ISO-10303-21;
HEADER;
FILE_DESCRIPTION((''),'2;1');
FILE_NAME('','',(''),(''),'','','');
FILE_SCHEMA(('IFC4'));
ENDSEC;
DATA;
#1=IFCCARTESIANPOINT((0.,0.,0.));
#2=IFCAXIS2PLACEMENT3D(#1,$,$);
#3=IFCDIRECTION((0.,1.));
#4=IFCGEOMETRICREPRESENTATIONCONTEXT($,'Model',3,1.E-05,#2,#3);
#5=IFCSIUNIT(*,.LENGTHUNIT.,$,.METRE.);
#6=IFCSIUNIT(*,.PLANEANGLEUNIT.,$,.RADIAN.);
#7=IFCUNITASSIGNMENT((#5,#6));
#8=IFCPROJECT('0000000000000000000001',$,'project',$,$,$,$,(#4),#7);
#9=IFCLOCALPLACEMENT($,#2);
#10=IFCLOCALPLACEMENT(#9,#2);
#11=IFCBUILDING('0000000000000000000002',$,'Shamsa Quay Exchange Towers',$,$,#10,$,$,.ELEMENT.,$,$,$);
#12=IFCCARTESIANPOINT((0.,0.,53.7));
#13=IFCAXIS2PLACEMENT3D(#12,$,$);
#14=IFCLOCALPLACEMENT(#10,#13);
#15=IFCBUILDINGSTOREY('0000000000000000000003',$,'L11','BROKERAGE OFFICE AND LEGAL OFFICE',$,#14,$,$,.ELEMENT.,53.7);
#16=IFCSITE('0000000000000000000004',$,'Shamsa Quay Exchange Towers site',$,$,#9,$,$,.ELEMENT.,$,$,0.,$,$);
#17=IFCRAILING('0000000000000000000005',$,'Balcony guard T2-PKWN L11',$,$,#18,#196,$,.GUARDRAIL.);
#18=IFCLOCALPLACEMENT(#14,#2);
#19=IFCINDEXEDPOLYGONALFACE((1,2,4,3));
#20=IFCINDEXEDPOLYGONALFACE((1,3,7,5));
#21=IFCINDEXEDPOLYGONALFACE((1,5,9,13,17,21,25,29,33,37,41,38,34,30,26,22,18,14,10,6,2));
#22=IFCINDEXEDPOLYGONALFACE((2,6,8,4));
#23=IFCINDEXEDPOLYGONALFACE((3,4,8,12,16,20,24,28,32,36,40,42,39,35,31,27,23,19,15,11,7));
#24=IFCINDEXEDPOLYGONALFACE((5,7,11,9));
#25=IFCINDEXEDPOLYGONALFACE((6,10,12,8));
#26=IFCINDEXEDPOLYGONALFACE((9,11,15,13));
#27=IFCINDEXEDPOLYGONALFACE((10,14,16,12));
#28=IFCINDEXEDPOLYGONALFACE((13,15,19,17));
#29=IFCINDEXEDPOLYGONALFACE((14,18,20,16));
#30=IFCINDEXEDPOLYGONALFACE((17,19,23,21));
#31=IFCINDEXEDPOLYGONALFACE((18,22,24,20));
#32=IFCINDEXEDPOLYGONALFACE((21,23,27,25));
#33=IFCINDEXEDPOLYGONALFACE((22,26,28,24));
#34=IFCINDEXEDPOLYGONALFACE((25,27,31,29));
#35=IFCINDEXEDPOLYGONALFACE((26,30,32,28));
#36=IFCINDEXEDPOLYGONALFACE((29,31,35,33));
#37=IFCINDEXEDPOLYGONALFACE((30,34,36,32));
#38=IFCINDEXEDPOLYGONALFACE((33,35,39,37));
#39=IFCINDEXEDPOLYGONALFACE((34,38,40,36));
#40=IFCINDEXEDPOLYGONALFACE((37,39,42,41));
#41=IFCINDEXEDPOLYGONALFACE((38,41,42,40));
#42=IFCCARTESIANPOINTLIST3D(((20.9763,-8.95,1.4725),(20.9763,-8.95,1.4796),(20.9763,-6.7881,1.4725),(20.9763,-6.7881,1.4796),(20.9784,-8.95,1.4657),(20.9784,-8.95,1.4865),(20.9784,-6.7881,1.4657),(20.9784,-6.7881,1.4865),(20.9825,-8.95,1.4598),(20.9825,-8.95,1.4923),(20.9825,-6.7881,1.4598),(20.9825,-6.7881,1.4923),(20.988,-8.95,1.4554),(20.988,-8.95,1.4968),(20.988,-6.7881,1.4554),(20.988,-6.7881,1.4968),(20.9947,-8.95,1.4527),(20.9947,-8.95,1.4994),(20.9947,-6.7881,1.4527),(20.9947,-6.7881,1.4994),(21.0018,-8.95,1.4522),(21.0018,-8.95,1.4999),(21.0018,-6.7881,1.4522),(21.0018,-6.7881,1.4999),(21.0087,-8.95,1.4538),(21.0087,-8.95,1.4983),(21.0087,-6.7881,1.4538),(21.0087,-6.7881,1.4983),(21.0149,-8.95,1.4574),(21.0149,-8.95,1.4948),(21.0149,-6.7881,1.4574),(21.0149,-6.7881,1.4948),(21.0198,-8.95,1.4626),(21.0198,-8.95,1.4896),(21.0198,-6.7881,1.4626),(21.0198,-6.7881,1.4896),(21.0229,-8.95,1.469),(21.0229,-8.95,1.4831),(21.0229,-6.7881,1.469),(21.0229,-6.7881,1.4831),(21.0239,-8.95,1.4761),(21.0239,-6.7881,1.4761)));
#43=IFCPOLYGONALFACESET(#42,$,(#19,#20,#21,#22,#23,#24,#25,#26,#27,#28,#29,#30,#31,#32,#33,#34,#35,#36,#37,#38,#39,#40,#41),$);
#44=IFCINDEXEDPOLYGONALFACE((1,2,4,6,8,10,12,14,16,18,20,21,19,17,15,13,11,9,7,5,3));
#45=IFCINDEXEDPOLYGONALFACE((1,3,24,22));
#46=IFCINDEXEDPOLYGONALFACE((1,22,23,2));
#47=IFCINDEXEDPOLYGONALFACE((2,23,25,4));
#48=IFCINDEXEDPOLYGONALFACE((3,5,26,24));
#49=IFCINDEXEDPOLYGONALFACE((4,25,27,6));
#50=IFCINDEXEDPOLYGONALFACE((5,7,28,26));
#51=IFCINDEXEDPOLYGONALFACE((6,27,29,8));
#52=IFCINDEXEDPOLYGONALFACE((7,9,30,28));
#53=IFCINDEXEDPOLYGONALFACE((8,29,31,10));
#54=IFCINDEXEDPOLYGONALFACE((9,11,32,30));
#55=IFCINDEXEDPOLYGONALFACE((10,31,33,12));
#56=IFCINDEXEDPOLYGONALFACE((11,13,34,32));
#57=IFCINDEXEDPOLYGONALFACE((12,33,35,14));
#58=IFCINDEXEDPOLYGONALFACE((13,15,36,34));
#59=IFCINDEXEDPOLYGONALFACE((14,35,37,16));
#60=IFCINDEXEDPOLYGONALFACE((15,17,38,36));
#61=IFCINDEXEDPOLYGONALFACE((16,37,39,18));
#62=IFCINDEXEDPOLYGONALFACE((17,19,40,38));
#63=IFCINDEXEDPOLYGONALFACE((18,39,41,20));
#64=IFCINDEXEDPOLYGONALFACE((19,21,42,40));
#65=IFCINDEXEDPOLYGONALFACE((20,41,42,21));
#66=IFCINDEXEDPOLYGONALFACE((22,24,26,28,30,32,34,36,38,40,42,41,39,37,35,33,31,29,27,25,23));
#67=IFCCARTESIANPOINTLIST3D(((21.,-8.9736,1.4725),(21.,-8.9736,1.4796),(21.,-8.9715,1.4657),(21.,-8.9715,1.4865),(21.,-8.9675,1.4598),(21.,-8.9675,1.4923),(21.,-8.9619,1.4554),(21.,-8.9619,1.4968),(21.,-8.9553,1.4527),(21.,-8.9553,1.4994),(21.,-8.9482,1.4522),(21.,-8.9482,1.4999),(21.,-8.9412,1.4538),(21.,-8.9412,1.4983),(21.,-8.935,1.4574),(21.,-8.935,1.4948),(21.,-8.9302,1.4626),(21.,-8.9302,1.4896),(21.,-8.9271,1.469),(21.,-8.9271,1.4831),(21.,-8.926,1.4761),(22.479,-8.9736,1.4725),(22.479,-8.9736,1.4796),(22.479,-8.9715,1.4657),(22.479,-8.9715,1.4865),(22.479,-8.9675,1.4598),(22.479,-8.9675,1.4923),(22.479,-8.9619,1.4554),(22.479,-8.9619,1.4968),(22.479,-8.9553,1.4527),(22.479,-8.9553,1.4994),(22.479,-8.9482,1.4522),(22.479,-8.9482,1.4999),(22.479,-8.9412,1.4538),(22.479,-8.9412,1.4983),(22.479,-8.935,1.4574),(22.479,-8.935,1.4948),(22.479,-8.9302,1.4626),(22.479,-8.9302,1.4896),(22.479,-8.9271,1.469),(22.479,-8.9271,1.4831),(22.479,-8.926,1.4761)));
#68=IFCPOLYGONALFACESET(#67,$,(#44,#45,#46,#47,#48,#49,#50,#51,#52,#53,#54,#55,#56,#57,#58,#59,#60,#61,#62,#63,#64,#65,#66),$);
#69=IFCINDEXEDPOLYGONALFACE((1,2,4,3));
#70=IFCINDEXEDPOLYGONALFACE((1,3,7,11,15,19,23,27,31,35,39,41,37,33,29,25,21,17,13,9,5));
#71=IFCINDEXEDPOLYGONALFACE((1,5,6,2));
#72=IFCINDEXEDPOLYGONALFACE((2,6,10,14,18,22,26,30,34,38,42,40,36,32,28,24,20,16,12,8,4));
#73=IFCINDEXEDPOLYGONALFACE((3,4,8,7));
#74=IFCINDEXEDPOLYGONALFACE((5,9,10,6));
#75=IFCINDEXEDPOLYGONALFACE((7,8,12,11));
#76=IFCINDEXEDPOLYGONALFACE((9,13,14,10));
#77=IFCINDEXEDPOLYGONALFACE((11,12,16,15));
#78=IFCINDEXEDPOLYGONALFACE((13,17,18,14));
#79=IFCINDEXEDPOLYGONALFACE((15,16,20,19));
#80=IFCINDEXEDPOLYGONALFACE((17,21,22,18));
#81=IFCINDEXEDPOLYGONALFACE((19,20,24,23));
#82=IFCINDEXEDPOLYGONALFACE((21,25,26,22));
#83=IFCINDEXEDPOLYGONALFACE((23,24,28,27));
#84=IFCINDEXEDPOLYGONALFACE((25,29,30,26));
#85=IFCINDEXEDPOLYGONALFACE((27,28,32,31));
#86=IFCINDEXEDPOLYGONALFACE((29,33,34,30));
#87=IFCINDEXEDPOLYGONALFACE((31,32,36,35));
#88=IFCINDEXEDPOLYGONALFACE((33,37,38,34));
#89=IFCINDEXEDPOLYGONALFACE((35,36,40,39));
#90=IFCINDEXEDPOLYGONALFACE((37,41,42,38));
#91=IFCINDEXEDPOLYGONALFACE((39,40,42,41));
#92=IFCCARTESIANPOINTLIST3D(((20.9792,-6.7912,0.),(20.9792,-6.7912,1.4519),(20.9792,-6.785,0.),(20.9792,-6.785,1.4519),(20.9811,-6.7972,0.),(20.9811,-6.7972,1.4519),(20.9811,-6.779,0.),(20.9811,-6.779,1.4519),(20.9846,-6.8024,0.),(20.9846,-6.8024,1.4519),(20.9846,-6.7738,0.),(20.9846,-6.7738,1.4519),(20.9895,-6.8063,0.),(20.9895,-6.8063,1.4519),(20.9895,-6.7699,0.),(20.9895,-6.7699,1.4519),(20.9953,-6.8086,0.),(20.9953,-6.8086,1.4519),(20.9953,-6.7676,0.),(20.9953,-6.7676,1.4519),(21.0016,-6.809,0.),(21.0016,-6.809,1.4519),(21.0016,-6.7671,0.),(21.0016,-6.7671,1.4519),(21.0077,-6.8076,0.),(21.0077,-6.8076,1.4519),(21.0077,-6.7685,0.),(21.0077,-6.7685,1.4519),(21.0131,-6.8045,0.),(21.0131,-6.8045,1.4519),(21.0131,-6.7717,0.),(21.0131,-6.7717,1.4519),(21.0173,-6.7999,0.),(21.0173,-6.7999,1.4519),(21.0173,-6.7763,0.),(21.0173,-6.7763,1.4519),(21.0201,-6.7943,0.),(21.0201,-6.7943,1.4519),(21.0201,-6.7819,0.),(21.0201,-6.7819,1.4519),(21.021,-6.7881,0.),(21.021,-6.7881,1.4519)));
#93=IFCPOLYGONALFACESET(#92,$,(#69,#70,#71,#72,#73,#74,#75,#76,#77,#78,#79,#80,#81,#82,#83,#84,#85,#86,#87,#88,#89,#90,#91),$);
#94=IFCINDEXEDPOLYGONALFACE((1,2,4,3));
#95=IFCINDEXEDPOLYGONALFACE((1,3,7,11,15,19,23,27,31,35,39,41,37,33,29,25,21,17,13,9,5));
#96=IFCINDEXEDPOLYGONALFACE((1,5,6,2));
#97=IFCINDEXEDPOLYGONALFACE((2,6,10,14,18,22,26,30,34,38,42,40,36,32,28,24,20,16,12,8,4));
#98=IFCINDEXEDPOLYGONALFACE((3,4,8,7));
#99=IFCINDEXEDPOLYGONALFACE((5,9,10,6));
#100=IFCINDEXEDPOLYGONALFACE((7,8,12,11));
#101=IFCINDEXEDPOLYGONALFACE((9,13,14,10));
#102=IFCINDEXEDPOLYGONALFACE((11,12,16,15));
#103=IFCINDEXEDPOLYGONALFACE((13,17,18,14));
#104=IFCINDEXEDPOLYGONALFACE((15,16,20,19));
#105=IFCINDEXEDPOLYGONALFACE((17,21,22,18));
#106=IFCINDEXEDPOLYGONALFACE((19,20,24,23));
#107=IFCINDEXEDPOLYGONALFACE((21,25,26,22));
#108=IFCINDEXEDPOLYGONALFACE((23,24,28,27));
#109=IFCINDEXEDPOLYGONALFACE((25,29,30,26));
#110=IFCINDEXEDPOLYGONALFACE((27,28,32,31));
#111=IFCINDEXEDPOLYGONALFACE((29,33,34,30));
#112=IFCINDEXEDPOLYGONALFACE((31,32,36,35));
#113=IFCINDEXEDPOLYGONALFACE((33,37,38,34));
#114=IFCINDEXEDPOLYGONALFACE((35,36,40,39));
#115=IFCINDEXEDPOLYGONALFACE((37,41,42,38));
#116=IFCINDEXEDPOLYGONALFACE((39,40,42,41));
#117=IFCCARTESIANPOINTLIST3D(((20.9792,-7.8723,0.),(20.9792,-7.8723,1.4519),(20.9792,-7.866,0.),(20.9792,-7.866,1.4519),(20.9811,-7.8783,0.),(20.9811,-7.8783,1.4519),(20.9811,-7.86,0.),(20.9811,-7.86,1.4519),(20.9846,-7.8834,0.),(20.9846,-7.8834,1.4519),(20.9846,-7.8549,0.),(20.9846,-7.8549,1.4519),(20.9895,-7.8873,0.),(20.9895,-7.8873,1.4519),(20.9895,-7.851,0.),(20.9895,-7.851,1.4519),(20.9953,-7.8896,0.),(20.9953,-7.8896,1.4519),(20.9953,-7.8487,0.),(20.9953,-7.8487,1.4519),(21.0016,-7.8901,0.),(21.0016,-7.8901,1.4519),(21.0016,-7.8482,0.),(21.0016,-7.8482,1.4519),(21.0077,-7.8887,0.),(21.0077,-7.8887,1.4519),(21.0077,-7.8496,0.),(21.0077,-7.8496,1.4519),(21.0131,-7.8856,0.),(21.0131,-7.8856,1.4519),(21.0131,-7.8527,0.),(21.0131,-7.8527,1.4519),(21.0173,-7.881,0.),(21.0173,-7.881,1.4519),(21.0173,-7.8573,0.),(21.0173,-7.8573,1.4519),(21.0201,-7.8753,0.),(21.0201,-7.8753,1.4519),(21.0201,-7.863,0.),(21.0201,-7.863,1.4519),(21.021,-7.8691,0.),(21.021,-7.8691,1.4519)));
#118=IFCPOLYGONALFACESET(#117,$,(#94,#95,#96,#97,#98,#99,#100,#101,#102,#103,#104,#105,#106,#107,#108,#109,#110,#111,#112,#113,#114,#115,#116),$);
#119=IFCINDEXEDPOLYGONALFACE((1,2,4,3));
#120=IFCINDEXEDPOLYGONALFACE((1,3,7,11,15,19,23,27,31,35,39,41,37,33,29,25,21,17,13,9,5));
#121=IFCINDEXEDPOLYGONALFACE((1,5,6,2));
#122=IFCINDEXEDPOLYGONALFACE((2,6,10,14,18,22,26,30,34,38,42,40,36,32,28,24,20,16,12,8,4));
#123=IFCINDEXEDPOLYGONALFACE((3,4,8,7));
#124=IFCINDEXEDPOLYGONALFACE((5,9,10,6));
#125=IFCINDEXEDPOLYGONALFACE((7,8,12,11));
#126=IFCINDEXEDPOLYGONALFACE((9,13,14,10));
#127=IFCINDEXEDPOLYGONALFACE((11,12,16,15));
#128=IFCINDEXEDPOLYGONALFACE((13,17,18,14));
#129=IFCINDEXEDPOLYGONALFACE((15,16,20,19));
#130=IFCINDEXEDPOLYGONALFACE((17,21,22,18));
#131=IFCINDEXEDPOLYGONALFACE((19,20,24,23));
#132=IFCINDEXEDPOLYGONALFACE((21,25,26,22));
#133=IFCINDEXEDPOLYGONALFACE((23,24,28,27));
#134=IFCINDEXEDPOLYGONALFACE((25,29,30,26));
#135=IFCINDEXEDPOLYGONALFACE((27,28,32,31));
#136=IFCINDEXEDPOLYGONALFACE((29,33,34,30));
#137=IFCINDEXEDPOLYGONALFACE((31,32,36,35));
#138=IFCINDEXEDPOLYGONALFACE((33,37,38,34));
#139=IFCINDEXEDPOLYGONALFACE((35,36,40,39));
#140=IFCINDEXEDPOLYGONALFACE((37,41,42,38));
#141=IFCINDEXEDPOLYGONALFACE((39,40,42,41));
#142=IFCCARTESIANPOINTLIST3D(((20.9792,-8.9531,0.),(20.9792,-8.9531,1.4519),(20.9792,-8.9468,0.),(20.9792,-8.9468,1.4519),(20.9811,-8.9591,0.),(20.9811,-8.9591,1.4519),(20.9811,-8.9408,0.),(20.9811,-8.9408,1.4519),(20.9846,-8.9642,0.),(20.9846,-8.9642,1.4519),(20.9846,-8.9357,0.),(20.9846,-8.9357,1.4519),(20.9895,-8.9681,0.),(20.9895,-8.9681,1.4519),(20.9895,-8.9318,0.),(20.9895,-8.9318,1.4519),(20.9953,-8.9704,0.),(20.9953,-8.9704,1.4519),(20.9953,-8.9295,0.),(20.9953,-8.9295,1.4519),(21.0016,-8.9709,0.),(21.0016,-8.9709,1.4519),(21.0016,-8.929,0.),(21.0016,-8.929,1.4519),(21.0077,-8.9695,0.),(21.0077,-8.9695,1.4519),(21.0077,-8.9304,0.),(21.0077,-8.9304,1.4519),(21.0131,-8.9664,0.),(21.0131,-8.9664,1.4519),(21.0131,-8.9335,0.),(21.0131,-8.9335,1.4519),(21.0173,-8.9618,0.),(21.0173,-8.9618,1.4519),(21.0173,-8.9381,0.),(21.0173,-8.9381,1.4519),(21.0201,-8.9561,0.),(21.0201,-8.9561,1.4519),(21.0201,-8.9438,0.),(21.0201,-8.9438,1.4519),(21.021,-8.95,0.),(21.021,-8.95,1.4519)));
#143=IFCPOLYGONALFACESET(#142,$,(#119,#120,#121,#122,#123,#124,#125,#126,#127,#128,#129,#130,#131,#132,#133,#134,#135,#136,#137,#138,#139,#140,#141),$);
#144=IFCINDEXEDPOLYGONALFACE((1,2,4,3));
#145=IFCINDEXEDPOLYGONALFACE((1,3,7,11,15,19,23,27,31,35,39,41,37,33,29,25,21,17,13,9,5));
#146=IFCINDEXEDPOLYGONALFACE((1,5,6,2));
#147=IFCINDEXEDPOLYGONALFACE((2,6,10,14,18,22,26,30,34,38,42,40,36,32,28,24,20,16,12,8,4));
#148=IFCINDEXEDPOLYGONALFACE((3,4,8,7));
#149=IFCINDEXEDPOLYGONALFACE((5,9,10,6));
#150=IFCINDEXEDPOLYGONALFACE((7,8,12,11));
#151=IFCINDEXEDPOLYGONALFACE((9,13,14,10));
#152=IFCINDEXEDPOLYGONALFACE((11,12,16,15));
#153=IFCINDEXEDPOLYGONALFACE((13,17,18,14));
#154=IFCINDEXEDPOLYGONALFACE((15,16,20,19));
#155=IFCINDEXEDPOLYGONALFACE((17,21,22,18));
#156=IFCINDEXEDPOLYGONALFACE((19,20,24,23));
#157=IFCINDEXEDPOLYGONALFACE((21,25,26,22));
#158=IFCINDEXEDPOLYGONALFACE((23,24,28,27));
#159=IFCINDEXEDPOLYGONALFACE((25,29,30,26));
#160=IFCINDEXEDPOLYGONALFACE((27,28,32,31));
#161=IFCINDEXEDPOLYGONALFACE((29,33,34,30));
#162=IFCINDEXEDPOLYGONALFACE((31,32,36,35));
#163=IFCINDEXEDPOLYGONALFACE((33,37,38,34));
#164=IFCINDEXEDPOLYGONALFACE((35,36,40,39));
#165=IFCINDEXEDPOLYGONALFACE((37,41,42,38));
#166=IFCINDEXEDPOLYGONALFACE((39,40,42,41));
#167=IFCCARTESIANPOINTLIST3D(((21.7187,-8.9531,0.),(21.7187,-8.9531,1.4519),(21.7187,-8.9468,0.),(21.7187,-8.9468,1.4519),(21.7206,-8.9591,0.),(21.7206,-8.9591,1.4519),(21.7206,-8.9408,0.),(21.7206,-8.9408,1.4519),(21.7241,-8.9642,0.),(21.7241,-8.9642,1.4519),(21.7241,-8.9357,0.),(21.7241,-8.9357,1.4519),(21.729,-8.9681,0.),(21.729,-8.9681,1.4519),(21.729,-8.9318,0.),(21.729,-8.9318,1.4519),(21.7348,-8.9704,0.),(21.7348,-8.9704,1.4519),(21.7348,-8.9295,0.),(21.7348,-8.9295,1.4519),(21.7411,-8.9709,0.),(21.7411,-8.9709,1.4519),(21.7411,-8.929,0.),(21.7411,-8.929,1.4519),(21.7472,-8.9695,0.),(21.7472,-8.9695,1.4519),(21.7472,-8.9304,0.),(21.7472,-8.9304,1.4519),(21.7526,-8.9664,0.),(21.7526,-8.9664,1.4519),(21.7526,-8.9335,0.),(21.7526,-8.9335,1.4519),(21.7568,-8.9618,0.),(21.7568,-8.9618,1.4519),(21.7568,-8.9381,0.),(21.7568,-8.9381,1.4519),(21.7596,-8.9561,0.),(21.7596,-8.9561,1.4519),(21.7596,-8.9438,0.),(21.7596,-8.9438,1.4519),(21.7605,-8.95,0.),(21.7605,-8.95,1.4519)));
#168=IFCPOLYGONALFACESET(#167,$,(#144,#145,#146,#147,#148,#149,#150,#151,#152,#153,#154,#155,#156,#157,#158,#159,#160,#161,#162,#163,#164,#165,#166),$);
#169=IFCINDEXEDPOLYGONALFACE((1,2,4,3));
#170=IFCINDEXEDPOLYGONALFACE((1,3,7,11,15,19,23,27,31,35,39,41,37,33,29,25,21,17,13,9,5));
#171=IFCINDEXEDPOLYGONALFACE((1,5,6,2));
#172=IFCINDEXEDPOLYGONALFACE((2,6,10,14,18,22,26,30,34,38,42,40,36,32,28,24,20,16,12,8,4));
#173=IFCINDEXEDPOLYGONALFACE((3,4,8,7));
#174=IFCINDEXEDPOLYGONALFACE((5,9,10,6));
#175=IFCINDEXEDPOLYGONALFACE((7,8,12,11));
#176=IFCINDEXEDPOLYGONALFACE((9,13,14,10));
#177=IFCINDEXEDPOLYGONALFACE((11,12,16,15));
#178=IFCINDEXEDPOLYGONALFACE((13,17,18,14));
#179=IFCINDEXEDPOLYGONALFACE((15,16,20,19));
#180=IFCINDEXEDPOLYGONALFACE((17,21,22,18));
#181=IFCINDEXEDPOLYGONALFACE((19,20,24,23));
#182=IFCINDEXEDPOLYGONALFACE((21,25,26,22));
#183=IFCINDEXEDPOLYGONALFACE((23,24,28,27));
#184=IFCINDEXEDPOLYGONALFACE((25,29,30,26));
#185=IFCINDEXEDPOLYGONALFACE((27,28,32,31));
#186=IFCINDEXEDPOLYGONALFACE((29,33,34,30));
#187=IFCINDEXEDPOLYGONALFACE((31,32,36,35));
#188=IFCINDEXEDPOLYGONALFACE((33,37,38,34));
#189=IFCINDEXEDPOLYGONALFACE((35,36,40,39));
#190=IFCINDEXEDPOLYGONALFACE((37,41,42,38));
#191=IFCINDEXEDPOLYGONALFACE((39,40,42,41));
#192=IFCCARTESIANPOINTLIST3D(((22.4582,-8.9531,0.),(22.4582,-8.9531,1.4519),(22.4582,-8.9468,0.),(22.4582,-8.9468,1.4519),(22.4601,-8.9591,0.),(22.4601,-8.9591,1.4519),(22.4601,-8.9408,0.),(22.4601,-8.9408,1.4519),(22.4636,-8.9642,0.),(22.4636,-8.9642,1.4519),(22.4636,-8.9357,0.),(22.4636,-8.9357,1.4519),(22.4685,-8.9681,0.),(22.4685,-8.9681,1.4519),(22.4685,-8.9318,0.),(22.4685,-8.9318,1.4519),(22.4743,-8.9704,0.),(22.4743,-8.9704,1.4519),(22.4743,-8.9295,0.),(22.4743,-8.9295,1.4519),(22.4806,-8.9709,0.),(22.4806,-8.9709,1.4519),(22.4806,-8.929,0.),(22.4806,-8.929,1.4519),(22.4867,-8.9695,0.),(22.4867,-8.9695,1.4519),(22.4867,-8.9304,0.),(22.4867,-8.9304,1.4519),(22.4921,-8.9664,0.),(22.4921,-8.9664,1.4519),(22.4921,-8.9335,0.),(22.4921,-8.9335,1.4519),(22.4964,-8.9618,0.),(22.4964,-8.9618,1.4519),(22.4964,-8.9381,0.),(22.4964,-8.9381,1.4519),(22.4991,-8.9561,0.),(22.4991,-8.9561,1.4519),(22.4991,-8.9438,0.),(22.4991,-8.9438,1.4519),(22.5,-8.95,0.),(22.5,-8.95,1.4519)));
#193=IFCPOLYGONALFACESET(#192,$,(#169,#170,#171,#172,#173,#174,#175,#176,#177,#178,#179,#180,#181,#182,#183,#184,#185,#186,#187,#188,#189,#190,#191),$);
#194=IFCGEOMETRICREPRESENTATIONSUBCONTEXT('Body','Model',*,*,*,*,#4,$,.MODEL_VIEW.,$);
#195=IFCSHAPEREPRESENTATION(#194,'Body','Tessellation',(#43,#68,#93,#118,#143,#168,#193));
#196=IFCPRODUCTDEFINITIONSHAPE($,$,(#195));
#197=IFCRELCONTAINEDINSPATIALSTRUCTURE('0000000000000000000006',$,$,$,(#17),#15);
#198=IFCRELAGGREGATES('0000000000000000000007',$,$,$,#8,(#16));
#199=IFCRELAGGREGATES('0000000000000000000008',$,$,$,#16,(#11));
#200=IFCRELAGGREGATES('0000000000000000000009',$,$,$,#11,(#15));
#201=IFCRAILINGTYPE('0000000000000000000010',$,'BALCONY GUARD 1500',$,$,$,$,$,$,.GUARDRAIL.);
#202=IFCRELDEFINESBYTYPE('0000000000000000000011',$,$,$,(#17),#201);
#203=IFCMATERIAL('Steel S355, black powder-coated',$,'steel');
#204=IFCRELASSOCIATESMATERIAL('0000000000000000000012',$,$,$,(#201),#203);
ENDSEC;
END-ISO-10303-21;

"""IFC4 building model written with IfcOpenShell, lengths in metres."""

from ifc_helpers import new_model, si_unit, direction, frame, origin, origin_2d, place, context, subcontext, project, spatial, circle, extrude, material, type_object, element, save


model = new_model("IFC4")

# Units and contexts
model_context = context("Model", 3, precision=1e-05, world=origin(), true_north=direction((0.0, 1.0)))
body_context = subcontext(model_context, "Body", "Model", "MODEL_VIEW")
ifc_project = project(units=[si_unit("LENGTHUNIT", "METRE"), si_unit("PLANEANGLEUNIT", "RADIAN")], contexts=[model_context])

# Site, building, storey
site_placement = place(None, origin())
site = spatial("IfcSite", under=ifc_project, at=site_placement, Name="Shamsa Quay Exchange Towers site", CompositionType="ELEMENT", RefElevation=0.0)
building_placement = place(site_placement, origin())
building = spatial("IfcBuilding", under=site, at=building_placement, Name="Shamsa Quay Exchange Towers", CompositionType="ELEMENT")
storey_placement = place(building_placement, frame((0.0, 0.0, 53.7)))
storey = spatial("IfcBuildingStorey", under=building, at=storey_placement, Name="L11", Description="BROKERAGE OFFICE AND LEGAL OFFICE", CompositionType="ELEMENT", Elevation=53.7)

# Railing
ifc_material_1 = material(Name="Steel S355, black powder-coated", Category="steel")
railing_type_1 = type_object("IfcRailingType", Name="BALCONY GUARD 1500", PredefinedType="GUARDRAIL", material=ifc_material_1)
for number, where, name in (
    (1, (21.0, -6.7881, 0.0), "Balcony guard T2-PKWN L11"),
):
    element("IfcRailing", number, at=place(storey_placement, frame(where)), inside=storey, type_object=railing_type_1, Name=name, PredefinedType="GUARDRAIL", context=body_context, shape_type="SweptSolid", body=[
        extrude(circle(Radius=0.0239, at=origin_2d()), frame((0.0, 0.0, 1.4761), z_axis=(0.0, -1.0, 0.0), x_axis=(1.0, 0.0, 0.0)), (0.0, 0.0, 1.0), 2.1619),
        extrude(circle(Radius=0.0239, at=origin_2d()), frame((0.0, -2.1619, 1.4761), z_axis=(1.0, 0.0, 0.0), x_axis=(0.0, 1.0, 0.0)), (0.0, 0.0, 1.0), 1.479),
        extrude(circle(Radius=0.021, at=origin_2d()), origin(), (0.0, 0.0, 1.0), 1.4519),
        extrude(circle(Radius=0.021, at=origin_2d()), frame((0.0, -1.0811, 0.0)), (0.0, 0.0, 1.0), 1.4519),
        extrude(circle(Radius=0.021, at=origin_2d()), frame((0.0, -2.1619, 0.0)), (0.0, 0.0, 1.0), 1.4519),
        extrude(circle(Radius=0.021, at=origin_2d()), frame((0.7395, -2.1619, 0.0)), (0.0, 0.0, 1.0), 1.4519),
        extrude(circle(Radius=0.021, at=origin_2d()), frame((1.479, -2.1619, 0.0)), (0.0, 0.0, 1.0), 1.4519),
    ])

save(model, "model.ifc")
